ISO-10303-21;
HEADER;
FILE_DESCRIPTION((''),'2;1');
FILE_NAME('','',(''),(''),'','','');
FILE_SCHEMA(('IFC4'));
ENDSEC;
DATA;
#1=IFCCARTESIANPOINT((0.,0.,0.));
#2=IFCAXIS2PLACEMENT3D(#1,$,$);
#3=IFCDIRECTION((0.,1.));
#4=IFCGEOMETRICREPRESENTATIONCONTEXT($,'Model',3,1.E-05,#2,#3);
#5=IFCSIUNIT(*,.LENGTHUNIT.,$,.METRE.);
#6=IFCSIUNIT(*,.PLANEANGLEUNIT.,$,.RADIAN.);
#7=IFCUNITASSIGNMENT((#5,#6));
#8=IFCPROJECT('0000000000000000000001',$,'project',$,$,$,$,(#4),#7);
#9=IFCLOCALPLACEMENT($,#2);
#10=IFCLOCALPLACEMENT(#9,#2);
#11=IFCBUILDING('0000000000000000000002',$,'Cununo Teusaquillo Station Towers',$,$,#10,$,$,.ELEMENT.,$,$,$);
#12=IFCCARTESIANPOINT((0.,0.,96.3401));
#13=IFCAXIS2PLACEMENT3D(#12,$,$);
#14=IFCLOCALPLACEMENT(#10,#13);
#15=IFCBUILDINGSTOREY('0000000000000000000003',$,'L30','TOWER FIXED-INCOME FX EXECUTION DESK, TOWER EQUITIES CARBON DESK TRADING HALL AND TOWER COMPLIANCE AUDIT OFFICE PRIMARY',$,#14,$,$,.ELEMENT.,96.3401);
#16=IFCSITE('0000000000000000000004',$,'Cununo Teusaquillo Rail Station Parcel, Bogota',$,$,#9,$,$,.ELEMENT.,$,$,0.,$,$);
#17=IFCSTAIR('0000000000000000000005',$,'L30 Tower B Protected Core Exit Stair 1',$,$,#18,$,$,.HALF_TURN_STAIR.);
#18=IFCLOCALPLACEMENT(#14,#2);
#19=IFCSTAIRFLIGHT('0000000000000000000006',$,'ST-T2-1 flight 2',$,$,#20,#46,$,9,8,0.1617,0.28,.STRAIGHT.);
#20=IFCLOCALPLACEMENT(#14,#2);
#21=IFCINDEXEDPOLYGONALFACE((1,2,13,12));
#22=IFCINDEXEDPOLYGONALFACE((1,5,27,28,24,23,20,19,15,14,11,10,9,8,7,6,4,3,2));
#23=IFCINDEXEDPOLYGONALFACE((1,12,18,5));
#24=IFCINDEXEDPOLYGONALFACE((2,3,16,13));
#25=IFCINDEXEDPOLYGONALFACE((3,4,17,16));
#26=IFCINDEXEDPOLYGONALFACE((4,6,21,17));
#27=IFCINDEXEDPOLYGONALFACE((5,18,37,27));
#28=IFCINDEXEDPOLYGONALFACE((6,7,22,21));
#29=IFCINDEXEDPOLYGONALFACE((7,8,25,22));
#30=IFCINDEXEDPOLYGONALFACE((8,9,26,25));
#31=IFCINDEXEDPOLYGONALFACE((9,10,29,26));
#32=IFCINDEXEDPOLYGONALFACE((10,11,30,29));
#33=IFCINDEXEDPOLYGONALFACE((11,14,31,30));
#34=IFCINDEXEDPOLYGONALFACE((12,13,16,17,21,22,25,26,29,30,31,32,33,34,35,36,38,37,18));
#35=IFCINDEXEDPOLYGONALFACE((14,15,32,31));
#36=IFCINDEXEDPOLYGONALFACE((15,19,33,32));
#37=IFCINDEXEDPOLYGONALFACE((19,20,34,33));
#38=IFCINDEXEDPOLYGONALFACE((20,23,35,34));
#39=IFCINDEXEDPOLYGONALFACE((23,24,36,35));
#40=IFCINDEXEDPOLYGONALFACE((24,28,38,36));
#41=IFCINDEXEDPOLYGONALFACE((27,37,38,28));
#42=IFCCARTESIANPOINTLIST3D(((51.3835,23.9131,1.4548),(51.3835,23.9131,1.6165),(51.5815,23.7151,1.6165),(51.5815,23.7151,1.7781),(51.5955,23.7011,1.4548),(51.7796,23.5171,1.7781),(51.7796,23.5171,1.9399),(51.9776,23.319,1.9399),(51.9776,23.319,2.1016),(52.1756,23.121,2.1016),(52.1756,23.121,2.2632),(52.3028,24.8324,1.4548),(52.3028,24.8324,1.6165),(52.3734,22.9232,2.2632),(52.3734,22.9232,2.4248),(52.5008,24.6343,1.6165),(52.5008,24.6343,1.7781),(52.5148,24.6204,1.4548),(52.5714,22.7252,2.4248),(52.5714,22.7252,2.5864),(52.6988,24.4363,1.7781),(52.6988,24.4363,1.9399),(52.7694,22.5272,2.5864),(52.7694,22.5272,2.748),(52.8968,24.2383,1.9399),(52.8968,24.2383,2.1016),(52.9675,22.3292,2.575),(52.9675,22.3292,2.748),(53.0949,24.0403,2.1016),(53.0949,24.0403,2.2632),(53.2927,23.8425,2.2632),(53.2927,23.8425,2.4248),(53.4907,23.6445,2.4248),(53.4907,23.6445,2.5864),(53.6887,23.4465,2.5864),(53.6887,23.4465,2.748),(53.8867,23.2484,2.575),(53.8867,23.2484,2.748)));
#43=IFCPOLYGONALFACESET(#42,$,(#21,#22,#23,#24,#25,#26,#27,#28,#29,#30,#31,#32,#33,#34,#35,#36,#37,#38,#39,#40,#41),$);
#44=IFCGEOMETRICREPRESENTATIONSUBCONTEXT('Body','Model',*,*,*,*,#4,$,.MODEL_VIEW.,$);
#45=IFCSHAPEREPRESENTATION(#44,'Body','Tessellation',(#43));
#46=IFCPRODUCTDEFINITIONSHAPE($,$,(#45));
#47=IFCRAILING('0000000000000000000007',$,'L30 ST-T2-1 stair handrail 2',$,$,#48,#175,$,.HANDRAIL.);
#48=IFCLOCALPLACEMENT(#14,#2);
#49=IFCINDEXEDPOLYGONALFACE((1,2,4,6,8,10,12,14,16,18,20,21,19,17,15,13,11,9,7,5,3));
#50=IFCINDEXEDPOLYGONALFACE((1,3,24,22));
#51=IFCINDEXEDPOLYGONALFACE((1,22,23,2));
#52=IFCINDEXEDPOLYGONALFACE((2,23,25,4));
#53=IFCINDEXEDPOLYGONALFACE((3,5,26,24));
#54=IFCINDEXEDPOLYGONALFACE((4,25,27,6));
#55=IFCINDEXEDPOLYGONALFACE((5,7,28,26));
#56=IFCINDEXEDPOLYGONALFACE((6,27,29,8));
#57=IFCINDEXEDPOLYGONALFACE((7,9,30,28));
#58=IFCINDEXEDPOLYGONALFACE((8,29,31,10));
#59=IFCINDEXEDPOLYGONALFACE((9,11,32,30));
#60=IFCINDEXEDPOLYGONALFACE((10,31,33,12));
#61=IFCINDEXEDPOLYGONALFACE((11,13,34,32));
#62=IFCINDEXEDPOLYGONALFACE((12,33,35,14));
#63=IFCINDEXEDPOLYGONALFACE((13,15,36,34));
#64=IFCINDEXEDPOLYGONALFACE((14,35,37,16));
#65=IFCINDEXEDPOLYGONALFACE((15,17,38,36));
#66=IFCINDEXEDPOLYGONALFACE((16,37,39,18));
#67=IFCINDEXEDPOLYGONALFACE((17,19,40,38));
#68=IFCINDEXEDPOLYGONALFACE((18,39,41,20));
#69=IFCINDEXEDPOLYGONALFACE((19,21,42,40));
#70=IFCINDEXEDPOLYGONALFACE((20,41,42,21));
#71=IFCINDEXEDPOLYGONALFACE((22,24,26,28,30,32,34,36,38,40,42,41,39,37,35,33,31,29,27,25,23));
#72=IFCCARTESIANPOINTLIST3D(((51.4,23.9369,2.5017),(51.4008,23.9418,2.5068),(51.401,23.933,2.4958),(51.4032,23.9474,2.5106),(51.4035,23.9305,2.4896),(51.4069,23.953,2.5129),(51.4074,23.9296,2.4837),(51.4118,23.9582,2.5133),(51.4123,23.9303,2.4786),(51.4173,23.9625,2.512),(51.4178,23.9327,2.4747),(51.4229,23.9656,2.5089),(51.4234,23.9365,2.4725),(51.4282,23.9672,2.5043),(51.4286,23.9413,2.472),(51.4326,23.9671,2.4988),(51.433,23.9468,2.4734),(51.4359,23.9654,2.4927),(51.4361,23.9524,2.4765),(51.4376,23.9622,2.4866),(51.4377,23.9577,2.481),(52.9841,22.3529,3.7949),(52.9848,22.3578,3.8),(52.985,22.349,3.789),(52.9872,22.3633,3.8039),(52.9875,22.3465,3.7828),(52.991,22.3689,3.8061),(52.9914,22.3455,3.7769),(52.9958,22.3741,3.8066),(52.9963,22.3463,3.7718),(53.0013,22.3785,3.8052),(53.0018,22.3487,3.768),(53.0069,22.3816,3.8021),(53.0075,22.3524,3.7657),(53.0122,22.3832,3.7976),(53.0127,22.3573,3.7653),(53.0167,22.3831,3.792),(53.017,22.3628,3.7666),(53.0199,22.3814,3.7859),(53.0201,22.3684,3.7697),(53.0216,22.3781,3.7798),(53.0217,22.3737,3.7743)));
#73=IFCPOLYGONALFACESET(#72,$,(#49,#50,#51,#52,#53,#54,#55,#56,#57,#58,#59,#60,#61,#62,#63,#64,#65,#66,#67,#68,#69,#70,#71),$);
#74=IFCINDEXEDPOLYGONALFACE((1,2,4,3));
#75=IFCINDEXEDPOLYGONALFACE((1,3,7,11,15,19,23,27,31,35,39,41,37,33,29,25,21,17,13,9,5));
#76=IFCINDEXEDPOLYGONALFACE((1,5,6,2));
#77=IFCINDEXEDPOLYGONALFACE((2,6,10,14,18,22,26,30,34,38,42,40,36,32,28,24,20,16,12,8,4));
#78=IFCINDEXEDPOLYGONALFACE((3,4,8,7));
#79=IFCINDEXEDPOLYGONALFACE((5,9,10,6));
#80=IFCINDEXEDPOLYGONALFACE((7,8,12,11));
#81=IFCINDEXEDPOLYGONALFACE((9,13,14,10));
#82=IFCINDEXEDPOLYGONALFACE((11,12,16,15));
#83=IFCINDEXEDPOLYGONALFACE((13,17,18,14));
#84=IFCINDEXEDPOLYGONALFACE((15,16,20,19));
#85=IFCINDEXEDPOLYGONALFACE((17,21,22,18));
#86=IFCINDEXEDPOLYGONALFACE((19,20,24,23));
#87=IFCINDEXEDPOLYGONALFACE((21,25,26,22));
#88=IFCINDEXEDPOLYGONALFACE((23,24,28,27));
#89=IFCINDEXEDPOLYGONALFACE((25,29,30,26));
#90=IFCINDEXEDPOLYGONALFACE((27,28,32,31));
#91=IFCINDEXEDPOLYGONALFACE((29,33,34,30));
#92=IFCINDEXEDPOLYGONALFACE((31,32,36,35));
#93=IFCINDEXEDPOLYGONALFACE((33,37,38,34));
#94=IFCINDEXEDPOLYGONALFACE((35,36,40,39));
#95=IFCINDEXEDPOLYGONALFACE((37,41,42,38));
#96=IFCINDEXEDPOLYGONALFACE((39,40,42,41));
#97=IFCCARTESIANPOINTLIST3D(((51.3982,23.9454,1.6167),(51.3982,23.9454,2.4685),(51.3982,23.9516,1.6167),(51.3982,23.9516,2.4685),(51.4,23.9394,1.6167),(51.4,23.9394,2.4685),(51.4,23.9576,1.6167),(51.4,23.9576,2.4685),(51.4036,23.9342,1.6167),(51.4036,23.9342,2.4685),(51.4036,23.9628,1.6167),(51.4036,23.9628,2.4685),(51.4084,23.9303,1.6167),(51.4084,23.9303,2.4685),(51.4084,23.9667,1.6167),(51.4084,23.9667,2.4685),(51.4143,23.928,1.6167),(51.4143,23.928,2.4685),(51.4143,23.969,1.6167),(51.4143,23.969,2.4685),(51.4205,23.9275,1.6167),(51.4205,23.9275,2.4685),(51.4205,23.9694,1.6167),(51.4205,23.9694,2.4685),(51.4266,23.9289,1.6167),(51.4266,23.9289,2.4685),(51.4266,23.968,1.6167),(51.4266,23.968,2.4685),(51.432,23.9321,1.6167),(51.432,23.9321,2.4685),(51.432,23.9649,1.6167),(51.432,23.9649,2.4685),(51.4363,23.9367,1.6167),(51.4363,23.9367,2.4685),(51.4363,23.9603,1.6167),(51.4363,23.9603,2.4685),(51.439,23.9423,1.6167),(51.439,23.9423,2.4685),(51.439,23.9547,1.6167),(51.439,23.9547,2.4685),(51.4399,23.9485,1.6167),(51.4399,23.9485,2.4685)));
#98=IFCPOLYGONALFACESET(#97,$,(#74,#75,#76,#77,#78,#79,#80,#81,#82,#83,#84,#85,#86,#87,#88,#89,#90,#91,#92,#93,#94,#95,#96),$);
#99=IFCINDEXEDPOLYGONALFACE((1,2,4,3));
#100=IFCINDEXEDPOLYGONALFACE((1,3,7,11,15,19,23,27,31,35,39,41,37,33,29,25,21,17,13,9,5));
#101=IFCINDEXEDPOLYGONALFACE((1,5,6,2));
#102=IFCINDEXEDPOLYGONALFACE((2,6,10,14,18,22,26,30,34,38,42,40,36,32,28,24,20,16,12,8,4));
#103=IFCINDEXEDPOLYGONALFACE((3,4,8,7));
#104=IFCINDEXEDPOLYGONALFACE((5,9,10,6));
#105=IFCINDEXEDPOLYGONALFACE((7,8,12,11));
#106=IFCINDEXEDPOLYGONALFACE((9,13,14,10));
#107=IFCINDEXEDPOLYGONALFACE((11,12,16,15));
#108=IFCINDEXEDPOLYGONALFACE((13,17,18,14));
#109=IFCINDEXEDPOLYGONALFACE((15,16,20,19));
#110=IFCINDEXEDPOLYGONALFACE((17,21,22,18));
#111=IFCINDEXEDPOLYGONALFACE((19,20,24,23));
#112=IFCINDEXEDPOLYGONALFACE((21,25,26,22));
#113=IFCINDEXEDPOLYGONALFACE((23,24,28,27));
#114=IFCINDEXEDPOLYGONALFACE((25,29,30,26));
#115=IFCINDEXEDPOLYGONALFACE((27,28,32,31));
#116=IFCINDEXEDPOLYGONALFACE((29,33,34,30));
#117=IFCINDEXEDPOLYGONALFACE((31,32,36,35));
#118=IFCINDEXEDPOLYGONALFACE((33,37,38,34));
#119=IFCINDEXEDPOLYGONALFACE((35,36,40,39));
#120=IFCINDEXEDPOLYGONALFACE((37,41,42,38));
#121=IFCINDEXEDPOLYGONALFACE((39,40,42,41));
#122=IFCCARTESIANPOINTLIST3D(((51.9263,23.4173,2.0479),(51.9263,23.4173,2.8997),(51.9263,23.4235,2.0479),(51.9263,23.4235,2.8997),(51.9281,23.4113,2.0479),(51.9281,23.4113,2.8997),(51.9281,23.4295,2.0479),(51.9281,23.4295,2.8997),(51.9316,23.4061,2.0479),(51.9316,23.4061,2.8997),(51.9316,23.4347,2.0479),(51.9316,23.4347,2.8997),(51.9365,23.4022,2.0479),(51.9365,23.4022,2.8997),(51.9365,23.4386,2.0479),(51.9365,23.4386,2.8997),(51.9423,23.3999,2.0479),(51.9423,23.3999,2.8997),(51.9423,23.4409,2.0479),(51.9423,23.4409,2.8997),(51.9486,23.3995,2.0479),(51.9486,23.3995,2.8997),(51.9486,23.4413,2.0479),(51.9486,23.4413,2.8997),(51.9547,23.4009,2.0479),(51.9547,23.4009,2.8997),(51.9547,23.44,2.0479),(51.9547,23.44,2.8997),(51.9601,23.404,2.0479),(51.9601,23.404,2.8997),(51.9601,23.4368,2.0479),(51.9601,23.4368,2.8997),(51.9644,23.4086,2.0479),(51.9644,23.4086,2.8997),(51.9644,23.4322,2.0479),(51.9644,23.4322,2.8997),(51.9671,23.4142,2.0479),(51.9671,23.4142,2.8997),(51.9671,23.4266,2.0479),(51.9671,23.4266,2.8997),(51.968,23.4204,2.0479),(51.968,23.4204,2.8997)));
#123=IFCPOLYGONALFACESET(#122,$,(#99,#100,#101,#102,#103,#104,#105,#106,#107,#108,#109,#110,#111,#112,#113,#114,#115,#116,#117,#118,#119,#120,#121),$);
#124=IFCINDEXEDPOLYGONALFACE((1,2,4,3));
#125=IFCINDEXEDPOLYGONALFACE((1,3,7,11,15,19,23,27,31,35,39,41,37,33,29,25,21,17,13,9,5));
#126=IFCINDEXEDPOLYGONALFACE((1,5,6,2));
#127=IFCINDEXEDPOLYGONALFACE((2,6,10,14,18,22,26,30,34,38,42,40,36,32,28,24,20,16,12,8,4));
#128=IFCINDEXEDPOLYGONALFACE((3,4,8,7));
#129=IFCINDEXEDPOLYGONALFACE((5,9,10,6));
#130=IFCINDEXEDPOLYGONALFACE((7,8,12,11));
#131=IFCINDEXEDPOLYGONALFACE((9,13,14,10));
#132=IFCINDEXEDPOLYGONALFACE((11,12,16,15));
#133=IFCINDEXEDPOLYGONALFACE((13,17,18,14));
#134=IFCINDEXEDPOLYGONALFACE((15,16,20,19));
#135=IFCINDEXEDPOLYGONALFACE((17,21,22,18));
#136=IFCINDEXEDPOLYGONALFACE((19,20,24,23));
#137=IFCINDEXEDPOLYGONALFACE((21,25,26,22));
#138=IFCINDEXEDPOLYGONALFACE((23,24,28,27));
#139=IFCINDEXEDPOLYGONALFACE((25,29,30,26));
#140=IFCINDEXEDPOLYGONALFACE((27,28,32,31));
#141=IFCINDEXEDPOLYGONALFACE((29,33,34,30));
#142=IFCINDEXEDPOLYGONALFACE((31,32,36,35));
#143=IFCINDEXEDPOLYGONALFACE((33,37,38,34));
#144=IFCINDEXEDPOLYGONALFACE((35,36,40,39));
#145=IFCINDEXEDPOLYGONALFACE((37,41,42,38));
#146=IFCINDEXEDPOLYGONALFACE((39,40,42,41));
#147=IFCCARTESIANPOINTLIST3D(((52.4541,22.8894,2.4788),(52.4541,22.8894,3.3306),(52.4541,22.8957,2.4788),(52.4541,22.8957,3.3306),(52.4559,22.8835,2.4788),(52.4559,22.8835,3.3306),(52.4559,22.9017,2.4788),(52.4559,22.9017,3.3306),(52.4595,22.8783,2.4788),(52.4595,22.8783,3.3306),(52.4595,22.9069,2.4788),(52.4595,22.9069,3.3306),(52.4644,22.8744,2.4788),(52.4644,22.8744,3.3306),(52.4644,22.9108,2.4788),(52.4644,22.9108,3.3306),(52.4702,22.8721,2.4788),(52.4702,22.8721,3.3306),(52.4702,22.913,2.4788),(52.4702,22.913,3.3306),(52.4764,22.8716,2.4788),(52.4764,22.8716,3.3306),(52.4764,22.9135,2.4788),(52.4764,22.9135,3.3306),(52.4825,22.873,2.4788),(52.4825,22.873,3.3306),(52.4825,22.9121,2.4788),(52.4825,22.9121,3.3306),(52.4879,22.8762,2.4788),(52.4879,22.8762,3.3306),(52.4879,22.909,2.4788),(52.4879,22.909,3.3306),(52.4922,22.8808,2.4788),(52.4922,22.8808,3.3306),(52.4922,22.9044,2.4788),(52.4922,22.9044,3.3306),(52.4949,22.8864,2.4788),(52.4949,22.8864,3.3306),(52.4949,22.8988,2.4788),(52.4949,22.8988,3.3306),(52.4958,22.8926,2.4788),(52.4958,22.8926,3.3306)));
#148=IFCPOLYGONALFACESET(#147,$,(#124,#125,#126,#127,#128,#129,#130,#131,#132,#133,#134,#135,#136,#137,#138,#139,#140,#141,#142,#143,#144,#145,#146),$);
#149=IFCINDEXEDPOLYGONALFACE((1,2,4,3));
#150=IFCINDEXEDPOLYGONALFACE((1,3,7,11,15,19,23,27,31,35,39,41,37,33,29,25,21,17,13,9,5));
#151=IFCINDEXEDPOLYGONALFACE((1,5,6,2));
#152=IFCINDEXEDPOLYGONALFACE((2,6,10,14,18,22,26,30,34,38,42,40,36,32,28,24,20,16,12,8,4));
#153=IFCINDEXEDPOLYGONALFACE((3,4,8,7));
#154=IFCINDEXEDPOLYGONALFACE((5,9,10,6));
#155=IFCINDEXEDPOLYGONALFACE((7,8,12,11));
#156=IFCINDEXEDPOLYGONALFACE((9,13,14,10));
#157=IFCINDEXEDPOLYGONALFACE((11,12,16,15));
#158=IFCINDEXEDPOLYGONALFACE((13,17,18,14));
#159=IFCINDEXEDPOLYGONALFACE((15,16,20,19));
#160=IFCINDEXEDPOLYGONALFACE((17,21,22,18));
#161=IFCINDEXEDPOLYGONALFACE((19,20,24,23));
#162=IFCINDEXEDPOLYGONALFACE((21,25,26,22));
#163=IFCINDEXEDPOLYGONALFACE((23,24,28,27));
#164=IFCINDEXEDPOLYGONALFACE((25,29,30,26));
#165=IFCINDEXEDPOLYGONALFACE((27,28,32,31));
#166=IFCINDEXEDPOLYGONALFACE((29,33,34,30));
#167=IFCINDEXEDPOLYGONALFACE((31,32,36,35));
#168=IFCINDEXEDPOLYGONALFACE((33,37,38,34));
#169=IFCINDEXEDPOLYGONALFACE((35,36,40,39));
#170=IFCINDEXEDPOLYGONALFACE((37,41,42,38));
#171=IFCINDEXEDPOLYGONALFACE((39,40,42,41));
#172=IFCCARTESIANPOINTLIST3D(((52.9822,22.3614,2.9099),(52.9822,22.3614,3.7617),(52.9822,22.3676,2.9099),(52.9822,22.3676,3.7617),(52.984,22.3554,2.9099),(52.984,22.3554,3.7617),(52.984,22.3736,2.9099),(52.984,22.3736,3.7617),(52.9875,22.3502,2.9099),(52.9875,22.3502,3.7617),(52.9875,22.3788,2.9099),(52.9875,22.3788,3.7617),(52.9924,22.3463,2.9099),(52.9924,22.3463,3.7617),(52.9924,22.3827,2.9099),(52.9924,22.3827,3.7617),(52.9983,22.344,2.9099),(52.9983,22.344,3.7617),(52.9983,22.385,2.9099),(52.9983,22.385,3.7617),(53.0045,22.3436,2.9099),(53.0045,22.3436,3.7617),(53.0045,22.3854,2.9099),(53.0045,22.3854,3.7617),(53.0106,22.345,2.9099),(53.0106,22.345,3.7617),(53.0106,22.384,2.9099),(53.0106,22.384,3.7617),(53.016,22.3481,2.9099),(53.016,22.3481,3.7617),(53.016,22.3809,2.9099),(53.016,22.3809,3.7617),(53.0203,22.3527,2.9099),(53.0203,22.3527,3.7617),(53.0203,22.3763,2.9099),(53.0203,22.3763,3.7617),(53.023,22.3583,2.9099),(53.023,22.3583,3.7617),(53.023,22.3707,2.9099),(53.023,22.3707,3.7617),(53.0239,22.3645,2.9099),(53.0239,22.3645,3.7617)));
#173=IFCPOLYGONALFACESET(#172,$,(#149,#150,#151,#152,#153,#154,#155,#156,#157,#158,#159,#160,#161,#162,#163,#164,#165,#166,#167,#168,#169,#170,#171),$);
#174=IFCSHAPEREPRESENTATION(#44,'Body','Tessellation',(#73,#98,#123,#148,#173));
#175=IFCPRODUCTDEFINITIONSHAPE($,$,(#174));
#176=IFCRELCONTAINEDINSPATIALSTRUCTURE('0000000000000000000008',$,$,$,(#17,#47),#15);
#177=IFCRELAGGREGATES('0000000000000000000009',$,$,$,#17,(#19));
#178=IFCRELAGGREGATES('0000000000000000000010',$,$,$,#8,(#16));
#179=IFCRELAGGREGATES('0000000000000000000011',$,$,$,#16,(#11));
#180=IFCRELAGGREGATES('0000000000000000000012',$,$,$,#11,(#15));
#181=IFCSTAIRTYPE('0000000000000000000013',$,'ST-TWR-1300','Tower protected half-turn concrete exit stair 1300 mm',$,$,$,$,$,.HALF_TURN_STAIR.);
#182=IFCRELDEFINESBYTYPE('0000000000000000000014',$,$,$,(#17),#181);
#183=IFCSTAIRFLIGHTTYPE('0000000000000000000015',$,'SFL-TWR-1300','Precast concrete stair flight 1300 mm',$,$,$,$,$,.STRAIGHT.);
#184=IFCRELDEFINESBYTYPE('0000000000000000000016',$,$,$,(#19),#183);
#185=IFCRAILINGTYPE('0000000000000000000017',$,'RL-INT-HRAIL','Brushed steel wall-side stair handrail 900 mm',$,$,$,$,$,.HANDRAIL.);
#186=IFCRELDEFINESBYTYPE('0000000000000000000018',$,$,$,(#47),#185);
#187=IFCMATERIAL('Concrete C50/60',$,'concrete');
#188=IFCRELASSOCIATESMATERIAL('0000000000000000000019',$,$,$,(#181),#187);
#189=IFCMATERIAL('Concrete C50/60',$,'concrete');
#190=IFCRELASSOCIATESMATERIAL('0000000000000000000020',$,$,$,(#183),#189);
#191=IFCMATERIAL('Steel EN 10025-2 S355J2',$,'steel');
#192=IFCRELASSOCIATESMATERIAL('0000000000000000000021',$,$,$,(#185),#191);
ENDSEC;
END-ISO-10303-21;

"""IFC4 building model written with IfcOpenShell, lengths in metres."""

from ifc_helpers import new_model, si_unit, direction, frame, origin, origin_2d, place, context, subcontext, project, spatial, polyline, circle, outline, extrude, material, type_object, element, aggregate, save


model = new_model("IFC4")

# Units and contexts
model_context = context("Model", 3, precision=1e-05, world=origin(), true_north=direction((0.0, 1.0)))
body_context = subcontext(model_context, "Body", "Model", "MODEL_VIEW")
ifc_project = project(units=[si_unit("LENGTHUNIT", "METRE"), si_unit("PLANEANGLEUNIT", "RADIAN")], contexts=[model_context])

# Site, building, storey
site_placement = place(None, origin())
site = spatial("IfcSite", under=ifc_project, at=site_placement, Name="Cununo Teusaquillo Rail Station Parcel, Bogota", CompositionType="ELEMENT", RefElevation=0.0)
building_placement = place(site_placement, origin())
building = spatial("IfcBuilding", under=site, at=building_placement, Name="Cununo Teusaquillo Station Towers", CompositionType="ELEMENT")
storey_placement = place(building_placement, frame((0.0, 0.0, 96.3401)))
storey = spatial("IfcBuildingStorey", under=building, at=storey_placement, Name="L30", Description="TOWER FIXED-INCOME FX EXECUTION DESK, TOWER EQUITIES CARBON DESK TRADING HALL AND TOWER COMPLIANCE AUDIT OFFICE PRIMARY", CompositionType="ELEMENT", Elevation=96.3401)

# Stair, stair flight
ifc_material_1 = material(Name="Concrete C50/60", Category="concrete")
stair_type = type_object("IfcStairType", Name="ST-TWR-1300", Description="Tower protected half-turn concrete exit stair 1300 mm", PredefinedType="HALF_TURN_STAIR", material=ifc_material_1)
stair_placement = place(storey_placement, origin())
stair = element("IfcStair", 1, at=stair_placement, inside=storey, type_object=stair_type, Name="L30 Tower B Protected Core Exit Stair 1", PredefinedType="HALF_TURN_STAIR")
ifc_material_2 = material(Name="Concrete C50/60", Category="concrete")
stair_flight_type = type_object("IfcStairFlightType", Name="SFL-TWR-1300", Description="Precast concrete stair flight 1300 mm", PredefinedType="STRAIGHT", material=ifc_material_2)
stair_flight_placement = place(storey_placement, frame((51.8433, 24.3728, 1.4548), z_axis=(0.0, 0.0, 1.0), x_axis=(0.707107, -0.707107, 0.0)))
stair_flight = element("IfcStairFlight", 2, at=stair_flight_placement, type_object=stair_flight_type, Name="ST-T2-1 flight 2", NumberOfRisers=9, NumberOfTreads=8, PredefinedType="STRAIGHT", RiserHeight=0.1617, TreadLength=0.28, context=body_context, shape_type="SweptSolid", body=[
    extrude(outline(polyline([(0.0, 0.0), (0.0, 0.1616), (0.28, 0.1616), (0.28, 0.3232), (0.5601, 0.3232), (0.5601, 0.4851), (0.8401, 0.4851), (0.8401, 0.6467), (1.1201, 0.6467), (1.1201, 0.8083), (1.3999, 0.8083), (1.3999, 0.97), (1.6799, 0.97), (1.6799, 1.1316), (1.96, 1.1316), (1.96, 1.2932), (2.24, 1.2932), (2.24, 1.4551), (2.24, 1.1201), (0.2998, 0.0), (0.0, 0.0)])), frame((0.0, 0.6499, 0.0), z_axis=(0.0, -1.0, 0.0), x_axis=(1.0, 0.0, 0.0)), (0.0, 0.0, 1.0), 1.3),
])
aggregate(stair, [stair_flight])

# Railing
ifc_material_3 = material(Name="Steel EN 10025-2 S355J2", Category="steel")
railing_type = type_object("IfcRailingType", Name="RL-INT-HRAIL", Description="Brushed steel wall-side stair handrail 900 mm", PredefinedType="HANDRAIL", material=ifc_material_3)
railing_placement = place(storey_placement, frame((51.4189, 23.9485, 1.6167)))
element("IfcRailing", 3, at=railing_placement, inside=storey, type_object=railing_type, Name="L30 ST-T2-1 stair handrail 2", PredefinedType="HANDRAIL", context=body_context, shape_type="SweptSolid", body=[
    extrude(circle(Radius=0.0239, at=origin_2d()), frame((0.0, 0.0, 0.876), z_axis=(0.612385, -0.612385, 0.49997), x_axis=(0.707107, 0.707107, 0.0)), (0.0, 0.0, 1.0), 2.5867),
    extrude(circle(Radius=0.021, at=origin_2d()), origin(), (0.0, 0.0, 1.0), 0.8518),
    extrude(circle(Radius=0.021, at=origin_2d()), frame((0.5281, -0.5281, 0.4312)), (0.0, 0.0, 1.0), 0.8518),
    extrude(circle(Radius=0.021, at=origin_2d()), frame((1.0559, -1.0559, 0.8621)), (0.0, 0.0, 1.0), 0.8518),
    extrude(circle(Radius=0.021, at=origin_2d()), frame((1.584, -1.584, 1.2932)), (0.0, 0.0, 1.0), 0.8518),
])

save(model, "model.ifc")
